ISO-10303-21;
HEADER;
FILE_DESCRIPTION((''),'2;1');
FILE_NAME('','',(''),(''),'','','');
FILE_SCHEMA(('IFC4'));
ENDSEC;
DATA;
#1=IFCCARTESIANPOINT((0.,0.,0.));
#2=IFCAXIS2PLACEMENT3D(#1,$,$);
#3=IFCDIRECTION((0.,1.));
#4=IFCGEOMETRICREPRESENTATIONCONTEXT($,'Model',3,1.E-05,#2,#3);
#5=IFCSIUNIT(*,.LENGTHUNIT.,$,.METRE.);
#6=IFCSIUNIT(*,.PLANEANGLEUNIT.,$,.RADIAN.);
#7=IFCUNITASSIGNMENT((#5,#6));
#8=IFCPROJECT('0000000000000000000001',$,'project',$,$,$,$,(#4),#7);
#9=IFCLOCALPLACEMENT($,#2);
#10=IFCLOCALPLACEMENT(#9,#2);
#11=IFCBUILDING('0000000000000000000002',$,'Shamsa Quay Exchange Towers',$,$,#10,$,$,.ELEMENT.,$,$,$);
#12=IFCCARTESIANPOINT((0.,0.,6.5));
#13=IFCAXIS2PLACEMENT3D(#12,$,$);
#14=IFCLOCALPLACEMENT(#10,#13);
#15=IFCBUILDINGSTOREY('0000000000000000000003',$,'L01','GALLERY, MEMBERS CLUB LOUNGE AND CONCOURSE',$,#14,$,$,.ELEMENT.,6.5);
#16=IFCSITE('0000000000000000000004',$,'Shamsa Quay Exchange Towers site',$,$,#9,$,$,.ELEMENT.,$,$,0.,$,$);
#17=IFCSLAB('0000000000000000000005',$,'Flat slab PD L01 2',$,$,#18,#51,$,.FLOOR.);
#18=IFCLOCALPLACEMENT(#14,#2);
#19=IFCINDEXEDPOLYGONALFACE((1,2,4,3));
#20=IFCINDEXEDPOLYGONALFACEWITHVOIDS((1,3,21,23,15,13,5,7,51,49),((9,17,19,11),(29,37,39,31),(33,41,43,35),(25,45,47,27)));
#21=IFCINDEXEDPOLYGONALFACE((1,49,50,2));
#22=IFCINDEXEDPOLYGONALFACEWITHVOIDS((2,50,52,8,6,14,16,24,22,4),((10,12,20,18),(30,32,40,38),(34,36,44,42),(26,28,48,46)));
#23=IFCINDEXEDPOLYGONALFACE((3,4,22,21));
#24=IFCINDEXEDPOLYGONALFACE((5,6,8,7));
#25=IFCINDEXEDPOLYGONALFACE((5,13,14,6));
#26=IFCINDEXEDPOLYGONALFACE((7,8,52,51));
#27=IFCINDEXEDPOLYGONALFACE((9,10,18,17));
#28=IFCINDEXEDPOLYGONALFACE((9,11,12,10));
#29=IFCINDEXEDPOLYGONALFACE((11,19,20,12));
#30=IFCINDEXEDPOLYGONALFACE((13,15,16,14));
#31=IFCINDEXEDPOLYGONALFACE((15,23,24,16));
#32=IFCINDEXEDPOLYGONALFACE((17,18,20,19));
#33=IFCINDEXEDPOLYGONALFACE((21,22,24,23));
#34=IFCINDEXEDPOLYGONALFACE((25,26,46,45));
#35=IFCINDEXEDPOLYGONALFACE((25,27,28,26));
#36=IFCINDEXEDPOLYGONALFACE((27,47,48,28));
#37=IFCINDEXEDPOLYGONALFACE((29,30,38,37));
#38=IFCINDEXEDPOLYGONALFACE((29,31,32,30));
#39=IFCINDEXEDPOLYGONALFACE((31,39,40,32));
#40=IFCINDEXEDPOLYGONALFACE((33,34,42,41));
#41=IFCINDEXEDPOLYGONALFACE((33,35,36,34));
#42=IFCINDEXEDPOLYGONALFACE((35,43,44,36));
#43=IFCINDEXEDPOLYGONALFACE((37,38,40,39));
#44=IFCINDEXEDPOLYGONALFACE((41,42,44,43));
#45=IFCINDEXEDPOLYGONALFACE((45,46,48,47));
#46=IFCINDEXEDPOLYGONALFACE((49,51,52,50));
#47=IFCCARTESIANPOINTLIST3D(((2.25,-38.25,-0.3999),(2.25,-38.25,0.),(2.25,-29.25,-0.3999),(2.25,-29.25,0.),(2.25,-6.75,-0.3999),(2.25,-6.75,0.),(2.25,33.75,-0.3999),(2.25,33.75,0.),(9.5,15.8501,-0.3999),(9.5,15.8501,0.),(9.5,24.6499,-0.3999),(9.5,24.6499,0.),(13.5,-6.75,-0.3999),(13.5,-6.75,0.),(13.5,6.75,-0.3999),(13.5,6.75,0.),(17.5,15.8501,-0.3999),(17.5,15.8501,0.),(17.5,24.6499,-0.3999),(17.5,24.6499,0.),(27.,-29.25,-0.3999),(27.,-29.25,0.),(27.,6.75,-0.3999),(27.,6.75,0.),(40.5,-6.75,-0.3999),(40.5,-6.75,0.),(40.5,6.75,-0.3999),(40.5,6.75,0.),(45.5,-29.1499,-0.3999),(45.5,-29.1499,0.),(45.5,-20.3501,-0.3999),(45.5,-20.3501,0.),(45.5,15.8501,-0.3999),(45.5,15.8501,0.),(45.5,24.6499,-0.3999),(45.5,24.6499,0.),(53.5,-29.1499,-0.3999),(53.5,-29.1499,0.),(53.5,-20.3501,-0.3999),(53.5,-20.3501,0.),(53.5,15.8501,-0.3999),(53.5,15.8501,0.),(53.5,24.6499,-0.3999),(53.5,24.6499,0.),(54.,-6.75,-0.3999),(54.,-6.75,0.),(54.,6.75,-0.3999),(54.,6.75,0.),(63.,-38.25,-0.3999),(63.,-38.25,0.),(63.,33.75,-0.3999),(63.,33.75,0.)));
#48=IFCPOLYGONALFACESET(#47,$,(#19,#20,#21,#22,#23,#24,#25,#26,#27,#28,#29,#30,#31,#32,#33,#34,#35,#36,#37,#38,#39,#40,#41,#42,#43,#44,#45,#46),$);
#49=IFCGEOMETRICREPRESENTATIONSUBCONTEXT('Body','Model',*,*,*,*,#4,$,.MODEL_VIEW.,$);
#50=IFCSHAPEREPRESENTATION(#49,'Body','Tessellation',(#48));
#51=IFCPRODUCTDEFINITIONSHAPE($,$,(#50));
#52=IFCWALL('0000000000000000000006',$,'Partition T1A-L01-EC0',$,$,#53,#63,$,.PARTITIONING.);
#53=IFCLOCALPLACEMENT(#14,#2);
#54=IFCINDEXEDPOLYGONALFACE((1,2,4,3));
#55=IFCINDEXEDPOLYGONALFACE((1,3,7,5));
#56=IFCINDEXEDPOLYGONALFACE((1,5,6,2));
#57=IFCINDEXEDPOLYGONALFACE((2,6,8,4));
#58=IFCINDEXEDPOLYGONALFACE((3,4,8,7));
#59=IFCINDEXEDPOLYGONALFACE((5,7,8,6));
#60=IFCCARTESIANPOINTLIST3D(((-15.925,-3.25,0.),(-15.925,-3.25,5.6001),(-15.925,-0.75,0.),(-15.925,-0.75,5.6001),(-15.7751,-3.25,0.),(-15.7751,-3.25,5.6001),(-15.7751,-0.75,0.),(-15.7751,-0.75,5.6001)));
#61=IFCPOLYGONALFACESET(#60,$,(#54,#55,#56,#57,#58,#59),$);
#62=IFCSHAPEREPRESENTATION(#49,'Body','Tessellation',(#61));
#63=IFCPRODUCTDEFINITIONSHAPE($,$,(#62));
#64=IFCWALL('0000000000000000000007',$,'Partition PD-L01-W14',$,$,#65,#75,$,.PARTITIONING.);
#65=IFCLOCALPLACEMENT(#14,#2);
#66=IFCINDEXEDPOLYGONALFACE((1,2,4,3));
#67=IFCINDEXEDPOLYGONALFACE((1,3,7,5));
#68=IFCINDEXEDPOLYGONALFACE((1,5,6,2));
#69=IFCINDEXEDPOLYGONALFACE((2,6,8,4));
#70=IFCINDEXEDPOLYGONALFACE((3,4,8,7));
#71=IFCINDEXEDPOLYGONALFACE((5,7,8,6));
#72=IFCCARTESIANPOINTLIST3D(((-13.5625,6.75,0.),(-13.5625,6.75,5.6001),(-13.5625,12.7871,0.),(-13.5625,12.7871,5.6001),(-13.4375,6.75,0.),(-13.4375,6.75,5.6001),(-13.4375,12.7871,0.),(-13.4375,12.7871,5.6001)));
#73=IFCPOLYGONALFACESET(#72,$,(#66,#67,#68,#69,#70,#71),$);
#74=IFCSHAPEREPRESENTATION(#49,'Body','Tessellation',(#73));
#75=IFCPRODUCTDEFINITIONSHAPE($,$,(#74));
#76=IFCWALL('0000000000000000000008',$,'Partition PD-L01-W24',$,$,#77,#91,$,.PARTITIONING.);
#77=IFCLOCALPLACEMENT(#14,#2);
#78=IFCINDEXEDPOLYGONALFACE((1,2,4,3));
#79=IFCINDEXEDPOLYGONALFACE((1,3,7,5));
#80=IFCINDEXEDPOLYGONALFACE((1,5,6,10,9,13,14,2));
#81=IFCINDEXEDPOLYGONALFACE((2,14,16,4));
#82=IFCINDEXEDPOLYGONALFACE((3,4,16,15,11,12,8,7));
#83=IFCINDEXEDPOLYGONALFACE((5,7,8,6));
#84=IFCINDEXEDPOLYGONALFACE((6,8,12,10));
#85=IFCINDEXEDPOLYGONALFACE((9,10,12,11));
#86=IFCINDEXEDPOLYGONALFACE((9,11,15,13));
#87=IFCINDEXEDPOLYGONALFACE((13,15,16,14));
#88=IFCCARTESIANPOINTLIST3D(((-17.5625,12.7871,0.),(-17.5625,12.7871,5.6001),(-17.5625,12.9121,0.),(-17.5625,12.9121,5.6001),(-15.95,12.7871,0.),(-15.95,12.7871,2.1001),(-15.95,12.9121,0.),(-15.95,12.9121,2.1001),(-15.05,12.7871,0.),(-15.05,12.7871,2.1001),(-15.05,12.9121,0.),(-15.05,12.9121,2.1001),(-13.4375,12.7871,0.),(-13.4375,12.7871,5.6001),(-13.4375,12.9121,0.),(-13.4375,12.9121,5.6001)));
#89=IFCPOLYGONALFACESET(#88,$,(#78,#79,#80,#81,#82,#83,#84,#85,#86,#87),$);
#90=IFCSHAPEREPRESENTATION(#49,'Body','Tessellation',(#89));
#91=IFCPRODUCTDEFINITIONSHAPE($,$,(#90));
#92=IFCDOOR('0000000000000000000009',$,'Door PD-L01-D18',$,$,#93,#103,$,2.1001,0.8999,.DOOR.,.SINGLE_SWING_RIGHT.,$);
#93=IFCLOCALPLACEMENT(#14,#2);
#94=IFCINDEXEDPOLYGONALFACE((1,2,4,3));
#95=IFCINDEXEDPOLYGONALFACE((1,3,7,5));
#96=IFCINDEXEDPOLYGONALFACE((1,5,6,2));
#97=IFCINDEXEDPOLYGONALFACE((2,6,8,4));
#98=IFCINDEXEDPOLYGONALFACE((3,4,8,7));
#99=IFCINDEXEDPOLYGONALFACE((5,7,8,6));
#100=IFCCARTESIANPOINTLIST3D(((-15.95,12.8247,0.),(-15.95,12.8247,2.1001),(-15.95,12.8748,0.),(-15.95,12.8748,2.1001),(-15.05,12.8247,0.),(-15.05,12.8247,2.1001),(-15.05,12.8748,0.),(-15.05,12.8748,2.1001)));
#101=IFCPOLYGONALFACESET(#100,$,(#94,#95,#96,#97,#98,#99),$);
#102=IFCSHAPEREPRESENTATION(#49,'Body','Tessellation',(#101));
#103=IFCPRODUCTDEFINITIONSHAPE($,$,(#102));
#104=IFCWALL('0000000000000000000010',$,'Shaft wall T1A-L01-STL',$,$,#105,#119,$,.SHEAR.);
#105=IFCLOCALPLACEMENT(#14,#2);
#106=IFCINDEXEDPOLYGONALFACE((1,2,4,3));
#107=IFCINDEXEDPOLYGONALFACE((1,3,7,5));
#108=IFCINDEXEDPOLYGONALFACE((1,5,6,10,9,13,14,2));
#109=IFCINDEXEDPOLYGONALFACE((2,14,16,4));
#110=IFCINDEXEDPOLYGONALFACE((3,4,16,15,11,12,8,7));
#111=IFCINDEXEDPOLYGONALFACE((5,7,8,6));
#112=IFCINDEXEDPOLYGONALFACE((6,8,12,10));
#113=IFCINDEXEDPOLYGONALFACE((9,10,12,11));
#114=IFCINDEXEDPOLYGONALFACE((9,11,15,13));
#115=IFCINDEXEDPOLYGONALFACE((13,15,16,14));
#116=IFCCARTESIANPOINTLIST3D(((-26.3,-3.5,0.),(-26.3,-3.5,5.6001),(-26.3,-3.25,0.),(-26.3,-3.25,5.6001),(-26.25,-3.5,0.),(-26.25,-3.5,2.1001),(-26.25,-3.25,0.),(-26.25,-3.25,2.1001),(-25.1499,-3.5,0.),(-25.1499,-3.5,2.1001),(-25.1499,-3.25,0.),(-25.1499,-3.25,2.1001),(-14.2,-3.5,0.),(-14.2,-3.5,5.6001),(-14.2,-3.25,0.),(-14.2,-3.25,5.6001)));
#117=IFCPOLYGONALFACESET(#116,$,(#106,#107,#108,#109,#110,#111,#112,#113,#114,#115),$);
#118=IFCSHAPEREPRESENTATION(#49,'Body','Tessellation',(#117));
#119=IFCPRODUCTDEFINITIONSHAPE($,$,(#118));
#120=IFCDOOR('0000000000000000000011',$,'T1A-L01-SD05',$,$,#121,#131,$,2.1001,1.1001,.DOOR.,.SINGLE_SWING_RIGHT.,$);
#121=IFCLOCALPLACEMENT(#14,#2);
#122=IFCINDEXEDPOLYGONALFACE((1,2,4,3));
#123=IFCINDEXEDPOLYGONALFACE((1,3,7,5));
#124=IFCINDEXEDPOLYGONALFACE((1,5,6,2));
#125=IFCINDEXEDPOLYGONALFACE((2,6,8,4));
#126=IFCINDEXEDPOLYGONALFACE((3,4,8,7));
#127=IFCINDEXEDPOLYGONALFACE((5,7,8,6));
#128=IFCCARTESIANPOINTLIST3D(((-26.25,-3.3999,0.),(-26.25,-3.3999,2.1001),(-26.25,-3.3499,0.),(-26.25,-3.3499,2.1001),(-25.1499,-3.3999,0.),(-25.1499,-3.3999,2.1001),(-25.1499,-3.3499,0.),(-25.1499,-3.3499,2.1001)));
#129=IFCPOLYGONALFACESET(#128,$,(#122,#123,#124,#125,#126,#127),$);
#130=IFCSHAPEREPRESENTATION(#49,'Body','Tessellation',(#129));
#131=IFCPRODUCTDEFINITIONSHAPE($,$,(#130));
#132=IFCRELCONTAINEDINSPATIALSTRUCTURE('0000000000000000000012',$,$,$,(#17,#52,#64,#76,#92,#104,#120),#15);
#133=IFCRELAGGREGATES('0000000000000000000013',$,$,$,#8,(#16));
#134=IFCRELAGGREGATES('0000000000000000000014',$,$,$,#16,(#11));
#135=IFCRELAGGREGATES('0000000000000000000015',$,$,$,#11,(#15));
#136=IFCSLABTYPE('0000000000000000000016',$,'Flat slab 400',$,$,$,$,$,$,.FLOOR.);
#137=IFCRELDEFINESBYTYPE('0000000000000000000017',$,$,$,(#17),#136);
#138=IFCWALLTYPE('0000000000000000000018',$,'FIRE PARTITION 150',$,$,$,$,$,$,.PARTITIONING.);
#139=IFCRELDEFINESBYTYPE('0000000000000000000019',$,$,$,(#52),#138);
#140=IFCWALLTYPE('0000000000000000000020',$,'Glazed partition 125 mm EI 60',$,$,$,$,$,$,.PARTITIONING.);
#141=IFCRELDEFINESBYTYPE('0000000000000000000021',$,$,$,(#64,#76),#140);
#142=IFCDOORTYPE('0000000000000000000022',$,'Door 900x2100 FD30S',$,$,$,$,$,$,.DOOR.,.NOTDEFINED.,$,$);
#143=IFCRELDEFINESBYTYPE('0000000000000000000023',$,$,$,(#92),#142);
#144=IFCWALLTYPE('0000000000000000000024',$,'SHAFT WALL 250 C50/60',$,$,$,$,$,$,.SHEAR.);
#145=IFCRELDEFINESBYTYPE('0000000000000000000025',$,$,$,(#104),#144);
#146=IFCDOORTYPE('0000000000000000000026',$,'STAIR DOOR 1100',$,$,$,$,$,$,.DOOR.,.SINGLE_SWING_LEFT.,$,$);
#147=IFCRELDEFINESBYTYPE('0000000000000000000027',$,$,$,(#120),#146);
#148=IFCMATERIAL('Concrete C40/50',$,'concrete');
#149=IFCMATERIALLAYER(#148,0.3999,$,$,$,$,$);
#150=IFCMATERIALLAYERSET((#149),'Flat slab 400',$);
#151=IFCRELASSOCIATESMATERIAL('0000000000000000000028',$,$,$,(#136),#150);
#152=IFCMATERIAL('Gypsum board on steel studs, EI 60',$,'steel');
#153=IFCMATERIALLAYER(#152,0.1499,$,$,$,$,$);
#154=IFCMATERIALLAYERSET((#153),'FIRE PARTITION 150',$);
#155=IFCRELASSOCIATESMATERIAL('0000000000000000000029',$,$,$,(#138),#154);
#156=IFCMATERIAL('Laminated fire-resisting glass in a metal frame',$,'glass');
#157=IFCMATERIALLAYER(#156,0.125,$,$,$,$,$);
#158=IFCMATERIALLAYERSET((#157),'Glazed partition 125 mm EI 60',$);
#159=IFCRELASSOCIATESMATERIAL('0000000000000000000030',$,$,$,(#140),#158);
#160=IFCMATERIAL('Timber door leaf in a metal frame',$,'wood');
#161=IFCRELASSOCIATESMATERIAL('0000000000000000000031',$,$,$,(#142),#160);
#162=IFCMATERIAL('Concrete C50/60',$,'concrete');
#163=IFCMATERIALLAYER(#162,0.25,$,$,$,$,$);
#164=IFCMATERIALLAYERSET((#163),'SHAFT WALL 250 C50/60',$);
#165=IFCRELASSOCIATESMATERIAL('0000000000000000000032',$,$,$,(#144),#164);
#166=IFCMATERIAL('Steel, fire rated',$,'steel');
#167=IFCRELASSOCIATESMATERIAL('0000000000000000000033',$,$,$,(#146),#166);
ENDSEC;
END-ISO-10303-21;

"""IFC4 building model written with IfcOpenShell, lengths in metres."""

from ifc_helpers import new_model, si_unit, direction, frame, frame_2d, origin, place, context, subcontext, project, spatial, polyline, rectangle, outline, extrude, material, layer, layer_set, type_object, element, fill, save


model = new_model("IFC4")

# Units and contexts
model_context = context("Model", 3, precision=1e-05, world=origin(), true_north=direction((0.0, 1.0)))
body_context = subcontext(model_context, "Body", "Model", "MODEL_VIEW")
ifc_project = project(units=[si_unit("LENGTHUNIT", "METRE"), si_unit("PLANEANGLEUNIT", "RADIAN")], contexts=[model_context])

# Site, building, storey
site_placement = place(None, origin())
site = spatial("IfcSite", under=ifc_project, at=site_placement, Name="Shamsa Quay Exchange Towers site", CompositionType="ELEMENT", RefElevation=0.0)
building_placement = place(site_placement, origin())
building = spatial("IfcBuilding", under=site, at=building_placement, Name="Shamsa Quay Exchange Towers", CompositionType="ELEMENT")
storey_placement = place(building_placement, frame((0.0, 0.0, 6.5)))
storey = spatial("IfcBuildingStorey", under=building, at=storey_placement, Name="L01", Description="GALLERY, MEMBERS CLUB LOUNGE AND CONCOURSE", CompositionType="ELEMENT", Elevation=6.5)

# Slab
ifc_material_1 = material(Name="Concrete C40/50", Category="concrete")
ifc_layer_1 = layer(ifc_material_1, 0.3999)
ifc_layer_set_1 = layer_set([ifc_layer_1], Name="Flat slab 400")
slab_type = type_object("IfcSlabType", Name="Flat slab 400", PredefinedType="FLOOR", material=ifc_layer_set_1)
slab_1_placement = place(storey_placement, frame((0.0, 0.0, -0.3999)))
element("IfcSlab", 1, at=slab_1_placement, inside=storey, type_object=slab_type, Name="Flat slab PD L01 2", PredefinedType="FLOOR", context=body_context, shape_type="SweptSolid", body=[
    extrude(outline(polyline([(63.0, 33.75), (2.25, 33.75), (2.25, -6.75), (13.5, -6.75), (13.5, 6.75), (27.0, 6.75), (27.0, -29.25), (2.25, -29.25), (2.25, -38.25), (63.0, -38.25), (63.0, 33.75)]), holes=[polyline([(45.5, -20.3501), (45.5, -29.1499), (53.5, -29.1499), (53.5, -20.3501), (45.5, -20.3501)]), polyline([(40.5, -6.75), (54.0, -6.75), (54.0, 6.75), (40.5, 6.75), (40.5, -6.75)]), polyline([(9.5, 24.6499), (9.5, 15.8501), (17.5, 15.8501), (17.5, 24.6499), (9.5, 24.6499)]), polyline([(45.5, 24.6499), (45.5, 15.8501), (53.5, 15.8501), (53.5, 24.6499), (45.5, 24.6499)])]), origin(), (0.0, 0.0, 1.0), 0.3999),
])

# Shared definitions
ifc_material_2 = material(Name="Steel, fire rated", Category="steel")

# Walls
ifc_material_3 = material(Name="Gypsum board on steel studs, EI 60", Category="steel")
ifc_layer_2 = layer(ifc_material_3, 0.1499)
ifc_layer_set_2 = layer_set([ifc_layer_2], Name="FIRE PARTITION 150")
wall_type_1 = type_object("IfcWallType", Name="FIRE PARTITION 150", PredefinedType="PARTITIONING", material=ifc_layer_set_2)
wall_1_placement = place(storey_placement, frame((-15.8501, -3.25, 0.0), z_axis=(0.0, 0.0, 1.0), x_axis=(0.0, 1.0, 0.0)))
element("IfcWall", 2, at=wall_1_placement, inside=storey, type_object=wall_type_1, Name="Partition T1A-L01-EC0", PredefinedType="PARTITIONING", context=body_context, shape_type="SweptSolid", body=[
    extrude(rectangle(XDim=2.5, YDim=0.1499, at=frame_2d((1.25, 0.0))), origin(), (0.0, 0.0, 1.0), 5.6001),
])
ifc_material_4 = material(Name="Laminated fire-resisting glass in a metal frame", Category="glass")
ifc_layer_3 = layer(ifc_material_4, 0.125)
ifc_layer_set_3 = layer_set([ifc_layer_3], Name="Glazed partition 125 mm EI 60")
wall_type_2 = type_object("IfcWallType", Name="Glazed partition 125 mm EI 60", PredefinedType="PARTITIONING", material=ifc_layer_set_3)
wall_2_placement = place(storey_placement, frame((-13.5, 6.75, 0.0), z_axis=(0.0, 0.0, 1.0), x_axis=(0.0, 1.0, 0.0)))
element("IfcWall", 3, at=wall_2_placement, inside=storey, type_object=wall_type_2, Name="Partition PD-L01-W14", PredefinedType="PARTITIONING", context=body_context, shape_type="SweptSolid", body=[
    extrude(rectangle(XDim=6.0371, YDim=0.125, at=frame_2d((3.0186, 0.0))), origin(), (0.0, 0.0, 1.0), 5.6001),
])

# Walls, openings, doors
wall_3_placement = place(storey_placement, frame((-13.4375, 12.8496, 0.0), z_axis=(0.0, 0.0, 1.0), x_axis=(-1.0, 0.0, 0.0)))
wall_3 = element("IfcWall", 4, at=wall_3_placement, inside=storey, type_object=wall_type_2, Name="Partition PD-L01-W24", PredefinedType="PARTITIONING", context=body_context, shape_type="SweptSolid", body=[
    extrude(rectangle(XDim=4.125, YDim=0.125, at=frame_2d((2.0625, 0.0))), origin(), (0.0, 0.0, 1.0), 5.6001),
])
opening_1_placement = place(wall_3_placement, frame((1.6125, 0.0, 0.0)))
opening_1 = element("IfcOpeningElement", 5, at=opening_1_placement, cuts=wall_3, PredefinedType="OPENING", context=body_context, shape_type="SweptSolid", body=[
    extrude(rectangle(XDim=0.8999, YDim=2.1001, at=frame_2d((0.45, 1.05))), frame((0.0, 0.0725, 0.0), z_axis=(0.0, -1.0, 0.0), x_axis=(1.0, 0.0, 0.0)), (0.0, 0.0, 1.0), 0.145),
])
ifc_material_5 = material(Name="Timber door leaf in a metal frame", Category="wood")
door_type_1 = type_object("IfcDoorType", Name="Door 900x2100 FD30S", OperationType="NOTDEFINED", PredefinedType="DOOR", material=ifc_material_5)
door_1_placement = place(opening_1_placement, origin())
door_1 = element("IfcDoor", 6, at=door_1_placement, inside=storey, type_object=door_type_1, Name="Door PD-L01-D18", OperationType="SINGLE_SWING_RIGHT", OverallHeight=2.1001, OverallWidth=0.8999, PredefinedType="DOOR", context=body_context, shape_type="SweptSolid", body=[
    extrude(rectangle(XDim=0.8999, YDim=2.1001, at=frame_2d((0.45, 1.05))), frame((0.0, 0.0249, 0.0), z_axis=(0.0, -1.0, 0.0), x_axis=(1.0, 0.0, 0.0)), (0.0, 0.0, 1.0), 0.05),
])
fill(opening_1, door_1)
ifc_material_6 = material(Name="Concrete C50/60", Category="concrete")
ifc_layer_4 = layer(ifc_material_6, 0.25)
ifc_layer_set_4 = layer_set([ifc_layer_4], Name="SHAFT WALL 250 C50/60")
wall_type_3 = type_object("IfcWallType", Name="SHAFT WALL 250 C50/60", PredefinedType="SHEAR", material=ifc_layer_set_4)
wall_4_placement = place(storey_placement, frame((-14.2, -3.375, 0.0), z_axis=(0.0, 0.0, 1.0), x_axis=(-1.0, 0.0, 0.0)))
wall_4 = element("IfcWall", 7, at=wall_4_placement, inside=storey, type_object=wall_type_3, Name="Shaft wall T1A-L01-STL", PredefinedType="SHEAR", context=body_context, shape_type="SweptSolid", body=[
    extrude(rectangle(XDim=12.1001, YDim=0.25, at=frame_2d((6.05, 0.0))), origin(), (0.0, 0.0, 1.0), 5.6001),
])
opening_2_placement = place(wall_4_placement, frame((10.95, 0.0, 0.0)))
opening_2 = element("IfcOpeningElement", 8, at=opening_2_placement, cuts=wall_4, PredefinedType="OPENING", context=body_context, shape_type="SweptSolid", body=[
    extrude(rectangle(XDim=1.1001, YDim=2.1001, at=frame_2d((0.55, 1.05))), frame((0.0, 0.135, 0.0), z_axis=(0.0, -1.0, 0.0), x_axis=(1.0, 0.0, 0.0)), (0.0, 0.0, 1.0), 0.27),
])
door_type_2 = type_object("IfcDoorType", Name="STAIR DOOR 1100", OperationType="SINGLE_SWING_LEFT", PredefinedType="DOOR", material=ifc_material_2)
door_2_placement = place(opening_2_placement, origin())
door_2 = element("IfcDoor", 9, at=door_2_placement, inside=storey, type_object=door_type_2, Name="T1A-L01-SD05", OperationType="SINGLE_SWING_RIGHT", OverallHeight=2.1001, OverallWidth=1.1001, PredefinedType="DOOR", context=body_context, shape_type="SweptSolid", body=[
    extrude(rectangle(XDim=1.1001, YDim=2.1001, at=frame_2d((0.55, 1.05))), frame((0.0, 0.0249, 0.0), z_axis=(0.0, -1.0, 0.0), x_axis=(1.0, 0.0, 0.0)), (0.0, 0.0, 1.0), 0.05),
])
fill(opening_2, door_2)

save(model, "model.ifc")
